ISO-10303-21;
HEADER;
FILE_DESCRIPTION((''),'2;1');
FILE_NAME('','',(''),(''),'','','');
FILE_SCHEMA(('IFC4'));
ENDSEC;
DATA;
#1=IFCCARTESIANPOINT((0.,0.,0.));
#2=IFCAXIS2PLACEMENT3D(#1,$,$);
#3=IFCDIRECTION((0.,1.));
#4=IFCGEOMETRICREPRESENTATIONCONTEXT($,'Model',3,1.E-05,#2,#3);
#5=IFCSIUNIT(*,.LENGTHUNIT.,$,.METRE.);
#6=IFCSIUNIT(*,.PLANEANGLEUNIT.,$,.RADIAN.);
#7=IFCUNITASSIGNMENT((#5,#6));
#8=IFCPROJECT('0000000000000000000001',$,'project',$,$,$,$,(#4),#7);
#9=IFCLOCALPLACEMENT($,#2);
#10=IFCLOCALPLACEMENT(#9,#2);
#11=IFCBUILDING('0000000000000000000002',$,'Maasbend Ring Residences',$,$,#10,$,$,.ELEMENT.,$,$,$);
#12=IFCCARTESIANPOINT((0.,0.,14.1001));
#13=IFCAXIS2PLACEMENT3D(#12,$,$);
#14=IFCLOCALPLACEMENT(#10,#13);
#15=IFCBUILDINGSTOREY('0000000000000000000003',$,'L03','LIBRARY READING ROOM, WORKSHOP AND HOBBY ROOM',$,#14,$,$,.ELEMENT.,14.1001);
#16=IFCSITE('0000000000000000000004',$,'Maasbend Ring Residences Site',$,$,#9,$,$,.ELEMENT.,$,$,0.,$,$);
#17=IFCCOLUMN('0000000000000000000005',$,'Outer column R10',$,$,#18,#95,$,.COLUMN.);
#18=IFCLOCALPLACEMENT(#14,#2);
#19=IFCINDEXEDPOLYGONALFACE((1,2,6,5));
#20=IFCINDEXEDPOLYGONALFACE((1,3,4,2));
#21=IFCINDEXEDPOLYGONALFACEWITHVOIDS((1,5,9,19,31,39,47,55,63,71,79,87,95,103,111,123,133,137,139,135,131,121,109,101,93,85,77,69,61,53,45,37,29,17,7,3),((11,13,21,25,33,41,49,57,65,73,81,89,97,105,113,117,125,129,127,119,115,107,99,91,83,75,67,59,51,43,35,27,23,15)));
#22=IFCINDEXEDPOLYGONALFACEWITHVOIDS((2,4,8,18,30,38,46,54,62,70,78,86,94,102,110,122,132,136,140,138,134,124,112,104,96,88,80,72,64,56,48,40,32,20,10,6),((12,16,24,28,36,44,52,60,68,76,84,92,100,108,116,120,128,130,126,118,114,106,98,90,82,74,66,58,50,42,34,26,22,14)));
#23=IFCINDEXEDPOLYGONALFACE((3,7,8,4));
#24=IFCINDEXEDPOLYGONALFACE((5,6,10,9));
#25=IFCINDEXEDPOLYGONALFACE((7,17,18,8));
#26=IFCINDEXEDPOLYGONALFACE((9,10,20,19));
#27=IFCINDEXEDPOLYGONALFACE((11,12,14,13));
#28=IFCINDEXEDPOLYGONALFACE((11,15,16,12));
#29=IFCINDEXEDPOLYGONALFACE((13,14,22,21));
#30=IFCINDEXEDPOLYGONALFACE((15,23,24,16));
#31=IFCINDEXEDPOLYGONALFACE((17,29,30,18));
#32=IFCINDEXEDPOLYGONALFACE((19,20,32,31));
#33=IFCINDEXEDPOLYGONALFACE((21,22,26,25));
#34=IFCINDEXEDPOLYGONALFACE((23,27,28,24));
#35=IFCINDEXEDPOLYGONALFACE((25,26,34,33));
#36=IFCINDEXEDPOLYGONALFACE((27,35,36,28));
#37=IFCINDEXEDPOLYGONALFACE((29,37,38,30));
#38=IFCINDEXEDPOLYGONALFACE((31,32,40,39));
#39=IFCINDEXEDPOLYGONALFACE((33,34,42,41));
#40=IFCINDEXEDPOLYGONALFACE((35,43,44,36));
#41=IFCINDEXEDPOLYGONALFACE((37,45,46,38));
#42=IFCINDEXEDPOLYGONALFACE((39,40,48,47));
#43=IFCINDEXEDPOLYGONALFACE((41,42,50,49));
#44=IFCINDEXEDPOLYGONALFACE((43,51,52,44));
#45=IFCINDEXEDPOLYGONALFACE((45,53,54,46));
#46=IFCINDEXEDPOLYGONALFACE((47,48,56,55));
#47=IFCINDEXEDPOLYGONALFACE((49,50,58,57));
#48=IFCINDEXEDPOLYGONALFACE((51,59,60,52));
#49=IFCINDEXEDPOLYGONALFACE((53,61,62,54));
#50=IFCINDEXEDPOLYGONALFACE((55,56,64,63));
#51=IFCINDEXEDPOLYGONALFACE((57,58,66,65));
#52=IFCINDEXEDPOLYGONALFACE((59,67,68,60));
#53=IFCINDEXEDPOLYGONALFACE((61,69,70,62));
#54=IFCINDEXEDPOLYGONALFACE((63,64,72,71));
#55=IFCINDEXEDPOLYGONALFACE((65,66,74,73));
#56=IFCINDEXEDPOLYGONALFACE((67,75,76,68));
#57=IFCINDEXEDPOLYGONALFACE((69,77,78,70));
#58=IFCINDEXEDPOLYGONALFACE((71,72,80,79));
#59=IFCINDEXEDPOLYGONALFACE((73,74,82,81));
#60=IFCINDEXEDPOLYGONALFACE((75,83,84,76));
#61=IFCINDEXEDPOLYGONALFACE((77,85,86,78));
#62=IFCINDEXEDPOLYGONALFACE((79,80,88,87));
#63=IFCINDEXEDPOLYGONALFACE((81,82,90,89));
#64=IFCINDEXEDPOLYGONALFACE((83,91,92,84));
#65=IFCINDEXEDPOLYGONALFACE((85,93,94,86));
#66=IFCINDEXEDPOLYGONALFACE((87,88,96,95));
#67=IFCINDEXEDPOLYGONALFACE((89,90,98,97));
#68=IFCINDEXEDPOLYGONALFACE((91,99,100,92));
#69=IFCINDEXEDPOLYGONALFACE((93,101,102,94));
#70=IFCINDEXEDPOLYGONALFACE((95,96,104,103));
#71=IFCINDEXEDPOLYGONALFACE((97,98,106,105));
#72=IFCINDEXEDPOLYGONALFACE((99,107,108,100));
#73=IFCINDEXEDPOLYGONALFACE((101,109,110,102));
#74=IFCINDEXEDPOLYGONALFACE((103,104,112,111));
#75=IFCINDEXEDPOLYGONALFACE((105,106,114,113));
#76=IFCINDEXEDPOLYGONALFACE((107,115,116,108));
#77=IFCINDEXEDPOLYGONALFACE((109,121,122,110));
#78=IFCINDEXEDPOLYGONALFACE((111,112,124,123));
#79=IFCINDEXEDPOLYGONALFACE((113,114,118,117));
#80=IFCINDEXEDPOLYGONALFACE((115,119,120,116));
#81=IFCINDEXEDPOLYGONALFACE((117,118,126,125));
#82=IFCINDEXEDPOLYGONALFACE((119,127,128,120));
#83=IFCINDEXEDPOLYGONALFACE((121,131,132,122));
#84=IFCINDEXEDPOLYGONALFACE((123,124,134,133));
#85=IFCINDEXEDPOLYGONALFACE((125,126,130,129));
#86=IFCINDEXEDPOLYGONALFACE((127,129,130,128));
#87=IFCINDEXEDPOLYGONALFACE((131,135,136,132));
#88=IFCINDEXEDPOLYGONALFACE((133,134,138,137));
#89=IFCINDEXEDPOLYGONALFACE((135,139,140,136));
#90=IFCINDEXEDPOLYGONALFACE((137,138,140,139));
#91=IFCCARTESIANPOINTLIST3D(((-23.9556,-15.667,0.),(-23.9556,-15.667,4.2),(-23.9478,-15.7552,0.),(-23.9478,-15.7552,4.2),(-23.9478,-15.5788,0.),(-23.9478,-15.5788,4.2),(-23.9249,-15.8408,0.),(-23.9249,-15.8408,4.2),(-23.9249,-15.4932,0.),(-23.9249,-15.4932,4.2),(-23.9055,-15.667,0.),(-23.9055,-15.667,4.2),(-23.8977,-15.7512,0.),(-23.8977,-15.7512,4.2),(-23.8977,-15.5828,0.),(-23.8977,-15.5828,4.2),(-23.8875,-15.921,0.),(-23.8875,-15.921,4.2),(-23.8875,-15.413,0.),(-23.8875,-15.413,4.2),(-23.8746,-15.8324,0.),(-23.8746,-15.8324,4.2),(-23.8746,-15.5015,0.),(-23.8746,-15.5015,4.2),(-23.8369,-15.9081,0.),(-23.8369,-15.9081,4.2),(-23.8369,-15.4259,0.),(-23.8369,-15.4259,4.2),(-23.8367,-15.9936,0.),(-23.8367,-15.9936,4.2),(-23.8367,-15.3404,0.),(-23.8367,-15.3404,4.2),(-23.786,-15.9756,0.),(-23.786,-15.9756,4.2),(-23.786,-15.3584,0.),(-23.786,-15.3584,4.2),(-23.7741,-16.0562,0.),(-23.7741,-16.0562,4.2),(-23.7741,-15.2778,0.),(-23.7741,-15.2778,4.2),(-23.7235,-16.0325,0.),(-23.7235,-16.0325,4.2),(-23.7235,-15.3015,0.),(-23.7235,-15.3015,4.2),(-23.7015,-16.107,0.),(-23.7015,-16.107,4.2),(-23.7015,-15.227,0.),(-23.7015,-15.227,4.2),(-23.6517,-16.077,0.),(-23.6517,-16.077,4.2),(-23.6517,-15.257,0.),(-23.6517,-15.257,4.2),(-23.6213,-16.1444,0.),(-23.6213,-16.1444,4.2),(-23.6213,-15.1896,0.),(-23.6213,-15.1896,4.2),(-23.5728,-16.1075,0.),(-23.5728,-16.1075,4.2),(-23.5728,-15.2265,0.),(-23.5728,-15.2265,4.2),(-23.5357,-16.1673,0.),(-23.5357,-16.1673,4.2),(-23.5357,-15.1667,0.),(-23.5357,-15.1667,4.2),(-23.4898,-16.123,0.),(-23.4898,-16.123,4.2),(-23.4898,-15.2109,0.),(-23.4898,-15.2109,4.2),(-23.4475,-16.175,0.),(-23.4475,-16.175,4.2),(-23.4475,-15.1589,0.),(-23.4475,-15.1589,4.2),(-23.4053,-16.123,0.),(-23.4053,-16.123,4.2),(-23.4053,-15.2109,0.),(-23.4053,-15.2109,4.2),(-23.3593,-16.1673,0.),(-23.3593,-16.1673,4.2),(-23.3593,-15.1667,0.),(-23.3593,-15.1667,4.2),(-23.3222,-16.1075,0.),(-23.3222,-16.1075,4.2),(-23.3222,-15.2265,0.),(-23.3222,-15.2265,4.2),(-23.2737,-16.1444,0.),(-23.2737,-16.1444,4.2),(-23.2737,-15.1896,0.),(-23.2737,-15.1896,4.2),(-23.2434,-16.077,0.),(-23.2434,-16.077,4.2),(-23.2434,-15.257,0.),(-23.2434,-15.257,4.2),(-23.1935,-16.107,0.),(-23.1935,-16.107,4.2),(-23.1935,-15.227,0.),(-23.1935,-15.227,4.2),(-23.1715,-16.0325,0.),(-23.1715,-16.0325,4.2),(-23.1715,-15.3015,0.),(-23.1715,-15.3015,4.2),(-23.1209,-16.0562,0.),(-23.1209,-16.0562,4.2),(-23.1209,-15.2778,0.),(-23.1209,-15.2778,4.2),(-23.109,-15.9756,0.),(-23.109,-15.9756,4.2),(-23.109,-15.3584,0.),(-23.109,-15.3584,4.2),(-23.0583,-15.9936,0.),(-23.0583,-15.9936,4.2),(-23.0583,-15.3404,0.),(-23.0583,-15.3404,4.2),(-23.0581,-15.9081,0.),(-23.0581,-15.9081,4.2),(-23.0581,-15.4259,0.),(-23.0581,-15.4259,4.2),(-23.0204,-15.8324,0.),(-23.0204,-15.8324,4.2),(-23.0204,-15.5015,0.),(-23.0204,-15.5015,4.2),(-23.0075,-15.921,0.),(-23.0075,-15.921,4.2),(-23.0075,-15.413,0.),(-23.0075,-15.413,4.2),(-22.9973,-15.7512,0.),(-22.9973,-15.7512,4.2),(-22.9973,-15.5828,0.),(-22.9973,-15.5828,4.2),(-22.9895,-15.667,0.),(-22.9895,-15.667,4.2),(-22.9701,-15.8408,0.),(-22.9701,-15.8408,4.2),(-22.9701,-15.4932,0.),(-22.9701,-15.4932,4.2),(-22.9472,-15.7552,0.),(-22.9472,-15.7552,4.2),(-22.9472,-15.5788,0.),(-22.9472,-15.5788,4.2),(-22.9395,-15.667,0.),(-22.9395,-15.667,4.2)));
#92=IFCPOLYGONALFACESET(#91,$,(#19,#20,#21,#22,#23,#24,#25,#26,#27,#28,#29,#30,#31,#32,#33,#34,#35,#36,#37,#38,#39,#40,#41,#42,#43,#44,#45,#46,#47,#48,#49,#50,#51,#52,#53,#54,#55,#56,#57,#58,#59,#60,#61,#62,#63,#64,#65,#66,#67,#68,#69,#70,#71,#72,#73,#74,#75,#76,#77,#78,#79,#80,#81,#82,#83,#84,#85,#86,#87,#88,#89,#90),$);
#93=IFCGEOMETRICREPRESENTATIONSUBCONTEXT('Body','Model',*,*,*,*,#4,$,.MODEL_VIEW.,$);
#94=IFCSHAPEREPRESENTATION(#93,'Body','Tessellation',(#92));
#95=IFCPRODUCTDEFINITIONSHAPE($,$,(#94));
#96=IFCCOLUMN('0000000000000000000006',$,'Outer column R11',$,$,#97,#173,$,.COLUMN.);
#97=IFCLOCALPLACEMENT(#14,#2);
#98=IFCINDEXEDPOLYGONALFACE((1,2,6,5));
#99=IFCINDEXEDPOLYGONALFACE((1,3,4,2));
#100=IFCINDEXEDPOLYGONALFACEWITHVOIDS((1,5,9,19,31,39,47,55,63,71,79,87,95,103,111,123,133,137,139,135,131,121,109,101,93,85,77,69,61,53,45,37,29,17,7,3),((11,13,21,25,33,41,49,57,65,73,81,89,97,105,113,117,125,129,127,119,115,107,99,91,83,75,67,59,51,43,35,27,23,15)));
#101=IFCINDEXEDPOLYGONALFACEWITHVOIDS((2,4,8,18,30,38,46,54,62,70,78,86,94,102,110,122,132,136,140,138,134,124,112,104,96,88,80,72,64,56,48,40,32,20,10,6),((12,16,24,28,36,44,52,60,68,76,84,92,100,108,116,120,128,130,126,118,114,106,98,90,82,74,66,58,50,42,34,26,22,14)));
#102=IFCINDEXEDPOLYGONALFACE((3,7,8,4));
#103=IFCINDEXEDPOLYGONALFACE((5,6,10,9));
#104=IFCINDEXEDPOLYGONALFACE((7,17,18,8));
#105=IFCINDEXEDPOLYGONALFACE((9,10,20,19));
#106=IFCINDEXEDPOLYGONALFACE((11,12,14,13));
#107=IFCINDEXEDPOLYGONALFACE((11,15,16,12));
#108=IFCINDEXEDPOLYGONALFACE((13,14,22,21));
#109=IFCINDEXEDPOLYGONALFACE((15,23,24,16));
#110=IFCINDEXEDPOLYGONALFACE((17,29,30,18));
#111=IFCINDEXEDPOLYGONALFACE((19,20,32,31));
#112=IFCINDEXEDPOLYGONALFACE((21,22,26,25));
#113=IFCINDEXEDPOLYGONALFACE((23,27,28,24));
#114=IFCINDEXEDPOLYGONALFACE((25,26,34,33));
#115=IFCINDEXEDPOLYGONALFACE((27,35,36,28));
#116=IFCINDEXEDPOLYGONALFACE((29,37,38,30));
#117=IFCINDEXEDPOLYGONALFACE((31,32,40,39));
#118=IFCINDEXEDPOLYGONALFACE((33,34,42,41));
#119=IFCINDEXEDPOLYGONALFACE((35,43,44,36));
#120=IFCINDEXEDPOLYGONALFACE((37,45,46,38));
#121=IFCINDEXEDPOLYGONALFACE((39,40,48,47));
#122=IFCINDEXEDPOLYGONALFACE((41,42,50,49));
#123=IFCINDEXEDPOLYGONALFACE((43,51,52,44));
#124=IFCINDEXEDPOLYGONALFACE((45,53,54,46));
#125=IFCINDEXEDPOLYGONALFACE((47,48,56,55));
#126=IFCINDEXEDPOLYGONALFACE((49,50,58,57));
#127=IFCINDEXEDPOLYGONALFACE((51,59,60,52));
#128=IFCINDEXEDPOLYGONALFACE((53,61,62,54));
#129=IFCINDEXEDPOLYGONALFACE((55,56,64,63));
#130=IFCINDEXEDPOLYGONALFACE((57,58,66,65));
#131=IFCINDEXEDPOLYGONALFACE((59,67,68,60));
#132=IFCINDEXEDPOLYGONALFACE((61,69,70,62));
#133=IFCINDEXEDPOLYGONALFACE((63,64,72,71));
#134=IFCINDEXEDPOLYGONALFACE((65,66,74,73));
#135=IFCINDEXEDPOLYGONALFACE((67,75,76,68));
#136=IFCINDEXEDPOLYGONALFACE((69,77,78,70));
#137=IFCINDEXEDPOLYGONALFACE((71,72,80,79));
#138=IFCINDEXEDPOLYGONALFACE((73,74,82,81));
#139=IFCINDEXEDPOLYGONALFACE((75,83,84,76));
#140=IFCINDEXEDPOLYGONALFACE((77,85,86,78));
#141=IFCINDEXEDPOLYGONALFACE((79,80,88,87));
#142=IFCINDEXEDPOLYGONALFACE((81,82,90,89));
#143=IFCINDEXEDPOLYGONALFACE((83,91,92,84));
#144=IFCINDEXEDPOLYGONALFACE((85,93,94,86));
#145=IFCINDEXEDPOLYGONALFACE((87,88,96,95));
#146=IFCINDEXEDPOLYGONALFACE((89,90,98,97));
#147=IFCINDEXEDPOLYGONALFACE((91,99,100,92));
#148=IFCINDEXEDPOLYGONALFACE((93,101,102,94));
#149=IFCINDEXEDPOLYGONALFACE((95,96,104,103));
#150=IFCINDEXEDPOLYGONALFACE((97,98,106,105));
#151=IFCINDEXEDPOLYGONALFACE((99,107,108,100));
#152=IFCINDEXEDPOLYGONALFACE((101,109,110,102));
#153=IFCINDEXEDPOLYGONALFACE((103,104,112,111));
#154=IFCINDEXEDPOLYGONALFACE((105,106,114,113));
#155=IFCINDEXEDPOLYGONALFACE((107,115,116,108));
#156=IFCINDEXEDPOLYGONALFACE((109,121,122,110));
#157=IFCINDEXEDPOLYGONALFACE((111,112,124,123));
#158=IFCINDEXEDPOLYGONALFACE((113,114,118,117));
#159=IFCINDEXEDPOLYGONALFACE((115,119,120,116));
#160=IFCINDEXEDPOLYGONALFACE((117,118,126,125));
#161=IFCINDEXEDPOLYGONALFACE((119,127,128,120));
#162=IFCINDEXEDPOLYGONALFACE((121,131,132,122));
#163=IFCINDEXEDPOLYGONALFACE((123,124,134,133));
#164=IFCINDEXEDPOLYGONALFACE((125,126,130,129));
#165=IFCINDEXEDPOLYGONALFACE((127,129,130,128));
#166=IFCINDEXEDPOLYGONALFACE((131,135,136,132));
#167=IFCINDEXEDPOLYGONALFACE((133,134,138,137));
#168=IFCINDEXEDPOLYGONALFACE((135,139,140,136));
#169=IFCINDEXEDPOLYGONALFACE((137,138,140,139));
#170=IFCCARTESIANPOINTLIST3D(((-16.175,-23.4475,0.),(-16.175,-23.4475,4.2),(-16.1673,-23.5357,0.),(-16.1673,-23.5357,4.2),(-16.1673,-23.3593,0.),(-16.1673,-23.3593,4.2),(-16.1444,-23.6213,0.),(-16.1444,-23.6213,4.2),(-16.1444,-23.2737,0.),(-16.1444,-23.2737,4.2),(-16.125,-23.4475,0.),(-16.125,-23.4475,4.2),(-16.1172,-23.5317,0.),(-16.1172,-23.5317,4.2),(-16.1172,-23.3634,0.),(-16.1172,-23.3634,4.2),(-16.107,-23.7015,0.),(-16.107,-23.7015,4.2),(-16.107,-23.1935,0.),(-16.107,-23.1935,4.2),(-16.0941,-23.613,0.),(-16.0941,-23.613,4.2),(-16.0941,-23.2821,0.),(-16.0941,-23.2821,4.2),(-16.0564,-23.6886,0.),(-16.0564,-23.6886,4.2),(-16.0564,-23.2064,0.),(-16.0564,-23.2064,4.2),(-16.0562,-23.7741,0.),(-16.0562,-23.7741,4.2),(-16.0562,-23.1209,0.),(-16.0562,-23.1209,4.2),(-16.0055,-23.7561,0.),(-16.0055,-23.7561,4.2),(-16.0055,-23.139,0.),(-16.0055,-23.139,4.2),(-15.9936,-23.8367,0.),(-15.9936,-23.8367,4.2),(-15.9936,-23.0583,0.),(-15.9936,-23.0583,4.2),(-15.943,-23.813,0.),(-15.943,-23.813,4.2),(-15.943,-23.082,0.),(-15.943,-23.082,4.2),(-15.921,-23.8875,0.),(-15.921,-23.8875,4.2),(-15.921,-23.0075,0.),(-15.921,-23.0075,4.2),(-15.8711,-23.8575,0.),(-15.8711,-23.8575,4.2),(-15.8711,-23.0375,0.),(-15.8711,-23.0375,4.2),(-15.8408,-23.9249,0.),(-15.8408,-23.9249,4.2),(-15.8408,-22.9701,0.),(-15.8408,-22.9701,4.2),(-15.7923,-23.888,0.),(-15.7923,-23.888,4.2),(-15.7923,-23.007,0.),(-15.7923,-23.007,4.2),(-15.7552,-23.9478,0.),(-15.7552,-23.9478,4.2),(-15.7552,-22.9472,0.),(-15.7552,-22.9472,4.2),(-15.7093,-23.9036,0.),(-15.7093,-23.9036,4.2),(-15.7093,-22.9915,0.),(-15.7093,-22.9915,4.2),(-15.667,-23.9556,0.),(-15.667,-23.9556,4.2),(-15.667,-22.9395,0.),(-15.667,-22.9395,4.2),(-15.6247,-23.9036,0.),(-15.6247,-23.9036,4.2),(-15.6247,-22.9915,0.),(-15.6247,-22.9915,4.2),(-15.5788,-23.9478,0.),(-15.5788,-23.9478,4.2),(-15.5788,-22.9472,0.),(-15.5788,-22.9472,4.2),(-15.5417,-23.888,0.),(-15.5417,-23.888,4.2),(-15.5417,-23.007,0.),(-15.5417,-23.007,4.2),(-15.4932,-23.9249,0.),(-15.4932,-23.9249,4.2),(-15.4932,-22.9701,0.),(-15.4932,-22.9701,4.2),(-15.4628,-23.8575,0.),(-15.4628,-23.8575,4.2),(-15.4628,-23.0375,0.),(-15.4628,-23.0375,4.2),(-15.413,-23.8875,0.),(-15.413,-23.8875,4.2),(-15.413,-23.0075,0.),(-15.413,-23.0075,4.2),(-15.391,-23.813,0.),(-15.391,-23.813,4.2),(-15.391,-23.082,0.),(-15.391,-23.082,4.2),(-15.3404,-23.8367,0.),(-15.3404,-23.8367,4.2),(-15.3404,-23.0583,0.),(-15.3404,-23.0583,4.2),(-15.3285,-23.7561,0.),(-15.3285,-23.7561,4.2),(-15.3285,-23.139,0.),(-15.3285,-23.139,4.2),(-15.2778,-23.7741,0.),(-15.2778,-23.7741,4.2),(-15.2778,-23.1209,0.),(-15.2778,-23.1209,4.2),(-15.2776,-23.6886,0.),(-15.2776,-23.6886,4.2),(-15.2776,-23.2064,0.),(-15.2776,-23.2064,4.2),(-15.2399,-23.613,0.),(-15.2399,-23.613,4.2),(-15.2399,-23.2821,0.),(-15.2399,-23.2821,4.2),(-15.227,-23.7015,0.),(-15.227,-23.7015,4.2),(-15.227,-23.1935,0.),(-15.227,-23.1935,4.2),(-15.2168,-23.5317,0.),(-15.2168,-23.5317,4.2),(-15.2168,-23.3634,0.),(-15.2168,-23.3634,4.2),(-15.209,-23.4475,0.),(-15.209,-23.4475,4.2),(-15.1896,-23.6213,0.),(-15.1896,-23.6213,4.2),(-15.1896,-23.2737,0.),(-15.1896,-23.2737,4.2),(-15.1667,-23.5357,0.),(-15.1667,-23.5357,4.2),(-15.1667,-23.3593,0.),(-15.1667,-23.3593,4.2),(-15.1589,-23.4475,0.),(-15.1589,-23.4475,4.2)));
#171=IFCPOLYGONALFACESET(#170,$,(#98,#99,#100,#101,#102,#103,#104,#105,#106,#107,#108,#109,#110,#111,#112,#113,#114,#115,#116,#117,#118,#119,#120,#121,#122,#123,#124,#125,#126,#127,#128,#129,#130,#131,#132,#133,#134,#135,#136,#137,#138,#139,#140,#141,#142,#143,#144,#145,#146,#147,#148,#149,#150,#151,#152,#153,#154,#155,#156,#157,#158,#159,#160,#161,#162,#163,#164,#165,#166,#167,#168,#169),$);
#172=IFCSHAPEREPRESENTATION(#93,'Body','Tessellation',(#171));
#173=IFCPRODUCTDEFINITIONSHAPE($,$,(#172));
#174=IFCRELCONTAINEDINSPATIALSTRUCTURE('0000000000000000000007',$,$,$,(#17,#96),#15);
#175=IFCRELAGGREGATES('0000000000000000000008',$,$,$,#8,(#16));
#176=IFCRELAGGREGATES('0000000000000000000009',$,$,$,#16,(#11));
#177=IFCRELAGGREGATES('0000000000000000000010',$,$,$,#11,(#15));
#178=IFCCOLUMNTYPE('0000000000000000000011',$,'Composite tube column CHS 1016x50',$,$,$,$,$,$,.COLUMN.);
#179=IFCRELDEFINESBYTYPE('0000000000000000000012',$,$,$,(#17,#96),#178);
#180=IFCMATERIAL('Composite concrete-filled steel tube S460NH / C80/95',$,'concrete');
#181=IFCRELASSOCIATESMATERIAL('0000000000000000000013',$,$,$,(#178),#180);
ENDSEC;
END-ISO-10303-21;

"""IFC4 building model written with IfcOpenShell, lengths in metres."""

from ifc_helpers import new_model, si_unit, direction, frame, origin, origin_2d, place, context, subcontext, project, spatial, hollow_circle, extrude, material, material_profile, profile_set, type_object, element, save


model = new_model("IFC4")

# Units and contexts
model_context = context("Model", 3, precision=1e-05, world=origin(), true_north=direction((0.0, 1.0)))
body_context = subcontext(model_context, "Body", "Model", "MODEL_VIEW")
ifc_project = project(units=[si_unit("LENGTHUNIT", "METRE"), si_unit("PLANEANGLEUNIT", "RADIAN")], contexts=[model_context])

# Site, building, storey
site_placement = place(None, origin())
site = spatial("IfcSite", under=ifc_project, at=site_placement, Name="Maasbend Ring Residences Site", CompositionType="ELEMENT", RefElevation=0.0)
building_placement = place(site_placement, origin())
building = spatial("IfcBuilding", under=site, at=building_placement, Name="Maasbend Ring Residences", CompositionType="ELEMENT")
storey_placement = place(building_placement, frame((0.0, 0.0, 14.1001)))
storey = spatial("IfcBuildingStorey", under=building, at=storey_placement, Name="L03", Description="LIBRARY READING ROOM, WORKSHOP AND HOBBY ROOM", CompositionType="ELEMENT", Elevation=14.1001)

# Columns
ifc_material_1 = material(Name="Composite concrete-filled steel tube S460NH / C80/95", Category="concrete")
ifc_material_profile_1 = material_profile(ifc_material_1, hollow_circle(Radius=0.5081, WallThickness=0.05, at=origin_2d()), Name="Composite tube column CHS 1016x50")
ifc_profile_set_1 = profile_set([ifc_material_profile_1], Name="Composite concrete-filled steel tube S460NH / C80/95")
column_type_1 = type_object("IfcColumnType", Name="Composite tube column CHS 1016x50", PredefinedType="COLUMN", material=ifc_profile_set_1)
for number, where, z_axis, x_axis, name in (
    (1, (-23.4475, -15.667, 0.0), (0.0, 0.0, 1.0), (1.0, 0.0, 0.0), "Outer column R10"),
    (2, (-15.667, -23.4475, 0.0), (0.0, 0.0, 1.0), (1.0, 0.0, 0.0), "Outer column R11"),
):
    element("IfcColumn", number, at=place(storey_placement, frame(where, z_axis=z_axis, x_axis=x_axis)), inside=storey, type_object=column_type_1, Name=name, PredefinedType="COLUMN", context=body_context, shape_type="SweptSolid", body=[
        extrude(hollow_circle(Radius=0.5081, WallThickness=0.05, at=origin_2d()), origin(), (0.0, 0.0, 1.0), 4.2),
    ])

save(model, "model.ifc")
